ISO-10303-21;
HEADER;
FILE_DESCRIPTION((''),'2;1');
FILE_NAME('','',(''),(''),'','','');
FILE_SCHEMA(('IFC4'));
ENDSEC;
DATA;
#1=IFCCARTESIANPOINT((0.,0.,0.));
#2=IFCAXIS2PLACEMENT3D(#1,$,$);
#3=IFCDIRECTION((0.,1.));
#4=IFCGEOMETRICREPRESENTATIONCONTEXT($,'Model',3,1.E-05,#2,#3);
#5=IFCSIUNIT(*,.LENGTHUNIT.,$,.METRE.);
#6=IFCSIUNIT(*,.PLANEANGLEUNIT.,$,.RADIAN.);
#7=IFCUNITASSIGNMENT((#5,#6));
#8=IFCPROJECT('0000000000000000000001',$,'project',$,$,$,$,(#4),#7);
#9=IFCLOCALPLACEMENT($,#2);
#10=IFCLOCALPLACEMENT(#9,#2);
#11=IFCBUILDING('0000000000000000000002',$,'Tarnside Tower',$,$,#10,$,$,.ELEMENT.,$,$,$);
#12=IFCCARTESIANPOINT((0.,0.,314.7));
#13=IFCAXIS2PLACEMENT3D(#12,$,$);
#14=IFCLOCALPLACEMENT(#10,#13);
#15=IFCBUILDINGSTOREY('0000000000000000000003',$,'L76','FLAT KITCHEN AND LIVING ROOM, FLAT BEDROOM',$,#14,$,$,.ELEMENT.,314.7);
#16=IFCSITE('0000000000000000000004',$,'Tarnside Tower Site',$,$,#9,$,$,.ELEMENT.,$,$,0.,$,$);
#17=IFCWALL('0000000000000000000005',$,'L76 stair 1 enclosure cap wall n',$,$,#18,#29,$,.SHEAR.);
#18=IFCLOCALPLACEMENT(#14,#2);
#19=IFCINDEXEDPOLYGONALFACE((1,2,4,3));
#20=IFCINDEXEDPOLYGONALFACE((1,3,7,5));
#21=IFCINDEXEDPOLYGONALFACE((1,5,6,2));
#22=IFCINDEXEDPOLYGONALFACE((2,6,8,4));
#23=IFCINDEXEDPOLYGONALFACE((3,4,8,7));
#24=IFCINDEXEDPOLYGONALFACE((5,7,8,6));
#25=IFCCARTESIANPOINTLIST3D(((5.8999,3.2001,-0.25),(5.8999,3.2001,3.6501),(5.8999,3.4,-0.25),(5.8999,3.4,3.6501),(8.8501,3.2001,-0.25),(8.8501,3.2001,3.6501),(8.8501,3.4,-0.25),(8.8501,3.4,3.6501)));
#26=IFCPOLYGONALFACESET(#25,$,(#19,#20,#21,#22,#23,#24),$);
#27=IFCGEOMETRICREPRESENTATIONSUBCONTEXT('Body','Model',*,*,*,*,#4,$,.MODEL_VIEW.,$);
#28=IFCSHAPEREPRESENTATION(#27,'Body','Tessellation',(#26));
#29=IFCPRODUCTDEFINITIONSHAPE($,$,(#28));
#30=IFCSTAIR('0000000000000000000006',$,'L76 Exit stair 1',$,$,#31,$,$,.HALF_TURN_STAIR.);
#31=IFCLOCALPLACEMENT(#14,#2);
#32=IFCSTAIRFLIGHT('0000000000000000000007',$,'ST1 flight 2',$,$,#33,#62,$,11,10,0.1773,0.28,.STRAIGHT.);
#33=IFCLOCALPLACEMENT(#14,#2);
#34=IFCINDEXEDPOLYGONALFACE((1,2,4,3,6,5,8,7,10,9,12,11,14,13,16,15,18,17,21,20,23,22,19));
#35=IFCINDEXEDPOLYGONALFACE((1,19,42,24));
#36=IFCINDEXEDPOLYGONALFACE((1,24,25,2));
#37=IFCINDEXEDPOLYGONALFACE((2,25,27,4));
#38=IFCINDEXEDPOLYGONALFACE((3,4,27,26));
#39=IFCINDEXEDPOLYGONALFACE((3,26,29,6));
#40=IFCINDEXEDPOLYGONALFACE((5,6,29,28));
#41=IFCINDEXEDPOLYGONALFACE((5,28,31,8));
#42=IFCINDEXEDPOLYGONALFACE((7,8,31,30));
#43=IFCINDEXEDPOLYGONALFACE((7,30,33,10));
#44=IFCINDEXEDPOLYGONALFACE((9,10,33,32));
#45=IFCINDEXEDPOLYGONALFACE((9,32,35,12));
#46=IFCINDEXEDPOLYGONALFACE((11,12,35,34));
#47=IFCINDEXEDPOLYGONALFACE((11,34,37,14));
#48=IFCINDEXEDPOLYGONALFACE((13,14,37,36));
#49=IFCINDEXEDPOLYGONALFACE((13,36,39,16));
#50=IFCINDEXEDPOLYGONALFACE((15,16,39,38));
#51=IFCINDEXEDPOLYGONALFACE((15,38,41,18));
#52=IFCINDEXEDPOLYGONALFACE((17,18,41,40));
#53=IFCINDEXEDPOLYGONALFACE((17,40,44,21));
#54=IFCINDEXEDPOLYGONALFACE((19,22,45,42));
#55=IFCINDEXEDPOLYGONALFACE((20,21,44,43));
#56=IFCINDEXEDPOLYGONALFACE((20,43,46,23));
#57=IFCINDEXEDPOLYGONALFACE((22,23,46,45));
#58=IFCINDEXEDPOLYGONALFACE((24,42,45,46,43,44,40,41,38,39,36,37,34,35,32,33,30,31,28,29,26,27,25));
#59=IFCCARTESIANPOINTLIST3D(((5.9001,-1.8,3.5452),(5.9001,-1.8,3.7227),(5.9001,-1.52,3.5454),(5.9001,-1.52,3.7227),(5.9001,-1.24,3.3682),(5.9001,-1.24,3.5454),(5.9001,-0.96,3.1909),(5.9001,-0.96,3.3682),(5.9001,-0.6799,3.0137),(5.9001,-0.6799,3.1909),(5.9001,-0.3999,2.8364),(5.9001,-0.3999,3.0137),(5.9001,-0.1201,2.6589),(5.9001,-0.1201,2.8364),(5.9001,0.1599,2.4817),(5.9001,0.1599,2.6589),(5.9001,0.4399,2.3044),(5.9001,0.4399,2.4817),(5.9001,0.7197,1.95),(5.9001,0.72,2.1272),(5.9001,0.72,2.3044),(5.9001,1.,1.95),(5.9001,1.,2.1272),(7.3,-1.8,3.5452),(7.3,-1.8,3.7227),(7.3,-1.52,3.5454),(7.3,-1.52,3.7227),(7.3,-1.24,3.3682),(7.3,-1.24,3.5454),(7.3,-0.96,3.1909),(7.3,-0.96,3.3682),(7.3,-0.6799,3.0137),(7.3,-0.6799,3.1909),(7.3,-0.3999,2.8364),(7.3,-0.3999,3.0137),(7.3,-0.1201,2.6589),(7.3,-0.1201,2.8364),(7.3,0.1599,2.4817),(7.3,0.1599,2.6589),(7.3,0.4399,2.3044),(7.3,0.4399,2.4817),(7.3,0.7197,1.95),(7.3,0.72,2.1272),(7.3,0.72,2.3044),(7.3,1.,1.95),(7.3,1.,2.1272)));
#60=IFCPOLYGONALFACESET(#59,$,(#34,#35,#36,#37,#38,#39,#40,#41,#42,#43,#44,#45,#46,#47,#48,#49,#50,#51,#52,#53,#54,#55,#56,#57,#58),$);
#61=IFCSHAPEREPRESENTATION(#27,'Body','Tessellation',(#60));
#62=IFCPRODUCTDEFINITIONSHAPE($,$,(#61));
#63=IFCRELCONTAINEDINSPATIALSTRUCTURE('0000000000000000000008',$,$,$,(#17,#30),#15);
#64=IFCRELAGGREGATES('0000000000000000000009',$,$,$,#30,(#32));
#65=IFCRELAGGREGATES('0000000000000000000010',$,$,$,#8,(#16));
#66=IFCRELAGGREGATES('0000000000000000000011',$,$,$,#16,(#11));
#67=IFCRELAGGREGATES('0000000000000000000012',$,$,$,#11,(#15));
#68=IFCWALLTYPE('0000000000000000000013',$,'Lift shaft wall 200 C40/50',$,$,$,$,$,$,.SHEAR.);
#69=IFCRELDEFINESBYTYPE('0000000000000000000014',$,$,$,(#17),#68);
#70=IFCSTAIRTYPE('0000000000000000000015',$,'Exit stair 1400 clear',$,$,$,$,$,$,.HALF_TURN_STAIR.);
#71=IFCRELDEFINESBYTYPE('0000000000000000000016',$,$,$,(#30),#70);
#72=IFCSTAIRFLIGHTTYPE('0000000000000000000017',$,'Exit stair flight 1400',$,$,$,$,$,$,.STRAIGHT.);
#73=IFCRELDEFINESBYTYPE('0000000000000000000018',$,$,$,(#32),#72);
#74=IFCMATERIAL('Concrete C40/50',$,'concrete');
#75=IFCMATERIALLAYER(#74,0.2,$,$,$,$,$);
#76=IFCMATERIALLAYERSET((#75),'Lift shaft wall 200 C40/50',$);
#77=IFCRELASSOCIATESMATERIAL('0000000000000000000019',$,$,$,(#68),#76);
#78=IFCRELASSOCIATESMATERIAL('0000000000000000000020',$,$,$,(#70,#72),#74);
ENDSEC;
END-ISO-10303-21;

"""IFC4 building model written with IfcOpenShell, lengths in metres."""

from ifc_helpers import new_model, si_unit, direction, frame, frame_2d, origin, place, context, subcontext, project, spatial, polyline, rectangle, outline, extrude, material, layer, layer_set, type_object, element, aggregate, save


model = new_model("IFC4")

# Units and contexts
model_context = context("Model", 3, precision=1e-05, world=origin(), true_north=direction((0.0, 1.0)))
body_context = subcontext(model_context, "Body", "Model", "MODEL_VIEW")
ifc_project = project(units=[si_unit("LENGTHUNIT", "METRE"), si_unit("PLANEANGLEUNIT", "RADIAN")], contexts=[model_context])

# Site, building, storey
site_placement = place(None, origin())
site = spatial("IfcSite", under=ifc_project, at=site_placement, Name="Tarnside Tower Site", CompositionType="ELEMENT", RefElevation=0.0)
building_placement = place(site_placement, origin())
building = spatial("IfcBuilding", under=site, at=building_placement, Name="Tarnside Tower", CompositionType="ELEMENT")
storey_placement = place(building_placement, frame((0.0, 0.0, 314.7)))
storey = spatial("IfcBuildingStorey", under=building, at=storey_placement, Name="L76", Description="FLAT KITCHEN AND LIVING ROOM, FLAT BEDROOM", CompositionType="ELEMENT", Elevation=314.7)

# Shared definitions
ifc_material_1 = material(Name="Concrete C40/50", Category="concrete")
ifc_layer_1 = layer(ifc_material_1, 0.2)
ifc_layer_set_1 = layer_set([ifc_layer_1], Name="Lift shaft wall 200 C40/50")
wall_type_1 = type_object("IfcWallType", Name="Lift shaft wall 200 C40/50", PredefinedType="SHEAR", material=ifc_layer_set_1)

# Wall
wall_1_placement = place(storey_placement, frame((5.8999, 3.3, -0.25), z_axis=(0.0, 0.0, 1.0), x_axis=(1.0, 0.0, 0.0)))
element("IfcWall", 1, at=wall_1_placement, inside=storey, type_object=wall_type_1, Name="L76 stair 1 enclosure cap wall n", PredefinedType="SHEAR", context=body_context, shape_type="SweptSolid", body=[
    extrude(rectangle(XDim=2.9502, YDim=0.2, at=frame_2d((1.4751, 0.0))), origin(), (0.0, 0.0, 1.0), 3.9001),
])

# Stair, stair flight
stair_type = type_object("IfcStairType", Name="Exit stair 1400 clear", PredefinedType="HALF_TURN_STAIR", material=ifc_material_1)
stair_placement = place(storey_placement, origin())
stair = element("IfcStair", 2, at=stair_placement, inside=storey, type_object=stair_type, Name="L76 Exit stair 1", PredefinedType="HALF_TURN_STAIR")
stair_flight_type = type_object("IfcStairFlightType", Name="Exit stair flight 1400", PredefinedType="STRAIGHT", material=ifc_material_1)
stair_flight_placement = place(storey_placement, frame((6.6001, 1.0, 1.95), z_axis=(0.0, 0.0, 1.0), x_axis=(0.0, -1.0, 0.0)))
stair_flight = element("IfcStairFlight", 3, at=stair_flight_placement, type_object=stair_flight_type, Name="ST1 flight 2", NumberOfRisers=11, NumberOfTreads=10, PredefinedType="STRAIGHT", RiserHeight=0.1773, TreadLength=0.28, context=body_context, shape_type="SweptSolid", body=[
    extrude(outline(polyline([(0.0, 0.0), (0.0, 0.1772), (0.28, 0.1772), (0.28, 0.3545), (0.5601, 0.3545), (0.5601, 0.5317), (0.8401, 0.5317), (0.8401, 0.709), (1.1201, 0.709), (1.1201, 0.8865), (1.3999, 0.8865), (1.3999, 1.0637), (1.6799, 1.0637), (1.6799, 1.241), (1.96, 1.241), (1.96, 1.4182), (2.24, 1.4182), (2.24, 1.5955), (2.52, 1.5955), (2.52, 1.7727), (2.8, 1.7727), (2.8, 1.95), (2.8, 1.5952), (0.2803, 0.0), (0.0, 0.0)])), frame((0.0, 0.7, 0.0), z_axis=(0.0, -1.0, 0.0), x_axis=(1.0, 0.0, 0.0)), (0.0, 0.0, 1.0), 1.3999),
])
aggregate(stair, [stair_flight])

save(model, "model.ifc")
